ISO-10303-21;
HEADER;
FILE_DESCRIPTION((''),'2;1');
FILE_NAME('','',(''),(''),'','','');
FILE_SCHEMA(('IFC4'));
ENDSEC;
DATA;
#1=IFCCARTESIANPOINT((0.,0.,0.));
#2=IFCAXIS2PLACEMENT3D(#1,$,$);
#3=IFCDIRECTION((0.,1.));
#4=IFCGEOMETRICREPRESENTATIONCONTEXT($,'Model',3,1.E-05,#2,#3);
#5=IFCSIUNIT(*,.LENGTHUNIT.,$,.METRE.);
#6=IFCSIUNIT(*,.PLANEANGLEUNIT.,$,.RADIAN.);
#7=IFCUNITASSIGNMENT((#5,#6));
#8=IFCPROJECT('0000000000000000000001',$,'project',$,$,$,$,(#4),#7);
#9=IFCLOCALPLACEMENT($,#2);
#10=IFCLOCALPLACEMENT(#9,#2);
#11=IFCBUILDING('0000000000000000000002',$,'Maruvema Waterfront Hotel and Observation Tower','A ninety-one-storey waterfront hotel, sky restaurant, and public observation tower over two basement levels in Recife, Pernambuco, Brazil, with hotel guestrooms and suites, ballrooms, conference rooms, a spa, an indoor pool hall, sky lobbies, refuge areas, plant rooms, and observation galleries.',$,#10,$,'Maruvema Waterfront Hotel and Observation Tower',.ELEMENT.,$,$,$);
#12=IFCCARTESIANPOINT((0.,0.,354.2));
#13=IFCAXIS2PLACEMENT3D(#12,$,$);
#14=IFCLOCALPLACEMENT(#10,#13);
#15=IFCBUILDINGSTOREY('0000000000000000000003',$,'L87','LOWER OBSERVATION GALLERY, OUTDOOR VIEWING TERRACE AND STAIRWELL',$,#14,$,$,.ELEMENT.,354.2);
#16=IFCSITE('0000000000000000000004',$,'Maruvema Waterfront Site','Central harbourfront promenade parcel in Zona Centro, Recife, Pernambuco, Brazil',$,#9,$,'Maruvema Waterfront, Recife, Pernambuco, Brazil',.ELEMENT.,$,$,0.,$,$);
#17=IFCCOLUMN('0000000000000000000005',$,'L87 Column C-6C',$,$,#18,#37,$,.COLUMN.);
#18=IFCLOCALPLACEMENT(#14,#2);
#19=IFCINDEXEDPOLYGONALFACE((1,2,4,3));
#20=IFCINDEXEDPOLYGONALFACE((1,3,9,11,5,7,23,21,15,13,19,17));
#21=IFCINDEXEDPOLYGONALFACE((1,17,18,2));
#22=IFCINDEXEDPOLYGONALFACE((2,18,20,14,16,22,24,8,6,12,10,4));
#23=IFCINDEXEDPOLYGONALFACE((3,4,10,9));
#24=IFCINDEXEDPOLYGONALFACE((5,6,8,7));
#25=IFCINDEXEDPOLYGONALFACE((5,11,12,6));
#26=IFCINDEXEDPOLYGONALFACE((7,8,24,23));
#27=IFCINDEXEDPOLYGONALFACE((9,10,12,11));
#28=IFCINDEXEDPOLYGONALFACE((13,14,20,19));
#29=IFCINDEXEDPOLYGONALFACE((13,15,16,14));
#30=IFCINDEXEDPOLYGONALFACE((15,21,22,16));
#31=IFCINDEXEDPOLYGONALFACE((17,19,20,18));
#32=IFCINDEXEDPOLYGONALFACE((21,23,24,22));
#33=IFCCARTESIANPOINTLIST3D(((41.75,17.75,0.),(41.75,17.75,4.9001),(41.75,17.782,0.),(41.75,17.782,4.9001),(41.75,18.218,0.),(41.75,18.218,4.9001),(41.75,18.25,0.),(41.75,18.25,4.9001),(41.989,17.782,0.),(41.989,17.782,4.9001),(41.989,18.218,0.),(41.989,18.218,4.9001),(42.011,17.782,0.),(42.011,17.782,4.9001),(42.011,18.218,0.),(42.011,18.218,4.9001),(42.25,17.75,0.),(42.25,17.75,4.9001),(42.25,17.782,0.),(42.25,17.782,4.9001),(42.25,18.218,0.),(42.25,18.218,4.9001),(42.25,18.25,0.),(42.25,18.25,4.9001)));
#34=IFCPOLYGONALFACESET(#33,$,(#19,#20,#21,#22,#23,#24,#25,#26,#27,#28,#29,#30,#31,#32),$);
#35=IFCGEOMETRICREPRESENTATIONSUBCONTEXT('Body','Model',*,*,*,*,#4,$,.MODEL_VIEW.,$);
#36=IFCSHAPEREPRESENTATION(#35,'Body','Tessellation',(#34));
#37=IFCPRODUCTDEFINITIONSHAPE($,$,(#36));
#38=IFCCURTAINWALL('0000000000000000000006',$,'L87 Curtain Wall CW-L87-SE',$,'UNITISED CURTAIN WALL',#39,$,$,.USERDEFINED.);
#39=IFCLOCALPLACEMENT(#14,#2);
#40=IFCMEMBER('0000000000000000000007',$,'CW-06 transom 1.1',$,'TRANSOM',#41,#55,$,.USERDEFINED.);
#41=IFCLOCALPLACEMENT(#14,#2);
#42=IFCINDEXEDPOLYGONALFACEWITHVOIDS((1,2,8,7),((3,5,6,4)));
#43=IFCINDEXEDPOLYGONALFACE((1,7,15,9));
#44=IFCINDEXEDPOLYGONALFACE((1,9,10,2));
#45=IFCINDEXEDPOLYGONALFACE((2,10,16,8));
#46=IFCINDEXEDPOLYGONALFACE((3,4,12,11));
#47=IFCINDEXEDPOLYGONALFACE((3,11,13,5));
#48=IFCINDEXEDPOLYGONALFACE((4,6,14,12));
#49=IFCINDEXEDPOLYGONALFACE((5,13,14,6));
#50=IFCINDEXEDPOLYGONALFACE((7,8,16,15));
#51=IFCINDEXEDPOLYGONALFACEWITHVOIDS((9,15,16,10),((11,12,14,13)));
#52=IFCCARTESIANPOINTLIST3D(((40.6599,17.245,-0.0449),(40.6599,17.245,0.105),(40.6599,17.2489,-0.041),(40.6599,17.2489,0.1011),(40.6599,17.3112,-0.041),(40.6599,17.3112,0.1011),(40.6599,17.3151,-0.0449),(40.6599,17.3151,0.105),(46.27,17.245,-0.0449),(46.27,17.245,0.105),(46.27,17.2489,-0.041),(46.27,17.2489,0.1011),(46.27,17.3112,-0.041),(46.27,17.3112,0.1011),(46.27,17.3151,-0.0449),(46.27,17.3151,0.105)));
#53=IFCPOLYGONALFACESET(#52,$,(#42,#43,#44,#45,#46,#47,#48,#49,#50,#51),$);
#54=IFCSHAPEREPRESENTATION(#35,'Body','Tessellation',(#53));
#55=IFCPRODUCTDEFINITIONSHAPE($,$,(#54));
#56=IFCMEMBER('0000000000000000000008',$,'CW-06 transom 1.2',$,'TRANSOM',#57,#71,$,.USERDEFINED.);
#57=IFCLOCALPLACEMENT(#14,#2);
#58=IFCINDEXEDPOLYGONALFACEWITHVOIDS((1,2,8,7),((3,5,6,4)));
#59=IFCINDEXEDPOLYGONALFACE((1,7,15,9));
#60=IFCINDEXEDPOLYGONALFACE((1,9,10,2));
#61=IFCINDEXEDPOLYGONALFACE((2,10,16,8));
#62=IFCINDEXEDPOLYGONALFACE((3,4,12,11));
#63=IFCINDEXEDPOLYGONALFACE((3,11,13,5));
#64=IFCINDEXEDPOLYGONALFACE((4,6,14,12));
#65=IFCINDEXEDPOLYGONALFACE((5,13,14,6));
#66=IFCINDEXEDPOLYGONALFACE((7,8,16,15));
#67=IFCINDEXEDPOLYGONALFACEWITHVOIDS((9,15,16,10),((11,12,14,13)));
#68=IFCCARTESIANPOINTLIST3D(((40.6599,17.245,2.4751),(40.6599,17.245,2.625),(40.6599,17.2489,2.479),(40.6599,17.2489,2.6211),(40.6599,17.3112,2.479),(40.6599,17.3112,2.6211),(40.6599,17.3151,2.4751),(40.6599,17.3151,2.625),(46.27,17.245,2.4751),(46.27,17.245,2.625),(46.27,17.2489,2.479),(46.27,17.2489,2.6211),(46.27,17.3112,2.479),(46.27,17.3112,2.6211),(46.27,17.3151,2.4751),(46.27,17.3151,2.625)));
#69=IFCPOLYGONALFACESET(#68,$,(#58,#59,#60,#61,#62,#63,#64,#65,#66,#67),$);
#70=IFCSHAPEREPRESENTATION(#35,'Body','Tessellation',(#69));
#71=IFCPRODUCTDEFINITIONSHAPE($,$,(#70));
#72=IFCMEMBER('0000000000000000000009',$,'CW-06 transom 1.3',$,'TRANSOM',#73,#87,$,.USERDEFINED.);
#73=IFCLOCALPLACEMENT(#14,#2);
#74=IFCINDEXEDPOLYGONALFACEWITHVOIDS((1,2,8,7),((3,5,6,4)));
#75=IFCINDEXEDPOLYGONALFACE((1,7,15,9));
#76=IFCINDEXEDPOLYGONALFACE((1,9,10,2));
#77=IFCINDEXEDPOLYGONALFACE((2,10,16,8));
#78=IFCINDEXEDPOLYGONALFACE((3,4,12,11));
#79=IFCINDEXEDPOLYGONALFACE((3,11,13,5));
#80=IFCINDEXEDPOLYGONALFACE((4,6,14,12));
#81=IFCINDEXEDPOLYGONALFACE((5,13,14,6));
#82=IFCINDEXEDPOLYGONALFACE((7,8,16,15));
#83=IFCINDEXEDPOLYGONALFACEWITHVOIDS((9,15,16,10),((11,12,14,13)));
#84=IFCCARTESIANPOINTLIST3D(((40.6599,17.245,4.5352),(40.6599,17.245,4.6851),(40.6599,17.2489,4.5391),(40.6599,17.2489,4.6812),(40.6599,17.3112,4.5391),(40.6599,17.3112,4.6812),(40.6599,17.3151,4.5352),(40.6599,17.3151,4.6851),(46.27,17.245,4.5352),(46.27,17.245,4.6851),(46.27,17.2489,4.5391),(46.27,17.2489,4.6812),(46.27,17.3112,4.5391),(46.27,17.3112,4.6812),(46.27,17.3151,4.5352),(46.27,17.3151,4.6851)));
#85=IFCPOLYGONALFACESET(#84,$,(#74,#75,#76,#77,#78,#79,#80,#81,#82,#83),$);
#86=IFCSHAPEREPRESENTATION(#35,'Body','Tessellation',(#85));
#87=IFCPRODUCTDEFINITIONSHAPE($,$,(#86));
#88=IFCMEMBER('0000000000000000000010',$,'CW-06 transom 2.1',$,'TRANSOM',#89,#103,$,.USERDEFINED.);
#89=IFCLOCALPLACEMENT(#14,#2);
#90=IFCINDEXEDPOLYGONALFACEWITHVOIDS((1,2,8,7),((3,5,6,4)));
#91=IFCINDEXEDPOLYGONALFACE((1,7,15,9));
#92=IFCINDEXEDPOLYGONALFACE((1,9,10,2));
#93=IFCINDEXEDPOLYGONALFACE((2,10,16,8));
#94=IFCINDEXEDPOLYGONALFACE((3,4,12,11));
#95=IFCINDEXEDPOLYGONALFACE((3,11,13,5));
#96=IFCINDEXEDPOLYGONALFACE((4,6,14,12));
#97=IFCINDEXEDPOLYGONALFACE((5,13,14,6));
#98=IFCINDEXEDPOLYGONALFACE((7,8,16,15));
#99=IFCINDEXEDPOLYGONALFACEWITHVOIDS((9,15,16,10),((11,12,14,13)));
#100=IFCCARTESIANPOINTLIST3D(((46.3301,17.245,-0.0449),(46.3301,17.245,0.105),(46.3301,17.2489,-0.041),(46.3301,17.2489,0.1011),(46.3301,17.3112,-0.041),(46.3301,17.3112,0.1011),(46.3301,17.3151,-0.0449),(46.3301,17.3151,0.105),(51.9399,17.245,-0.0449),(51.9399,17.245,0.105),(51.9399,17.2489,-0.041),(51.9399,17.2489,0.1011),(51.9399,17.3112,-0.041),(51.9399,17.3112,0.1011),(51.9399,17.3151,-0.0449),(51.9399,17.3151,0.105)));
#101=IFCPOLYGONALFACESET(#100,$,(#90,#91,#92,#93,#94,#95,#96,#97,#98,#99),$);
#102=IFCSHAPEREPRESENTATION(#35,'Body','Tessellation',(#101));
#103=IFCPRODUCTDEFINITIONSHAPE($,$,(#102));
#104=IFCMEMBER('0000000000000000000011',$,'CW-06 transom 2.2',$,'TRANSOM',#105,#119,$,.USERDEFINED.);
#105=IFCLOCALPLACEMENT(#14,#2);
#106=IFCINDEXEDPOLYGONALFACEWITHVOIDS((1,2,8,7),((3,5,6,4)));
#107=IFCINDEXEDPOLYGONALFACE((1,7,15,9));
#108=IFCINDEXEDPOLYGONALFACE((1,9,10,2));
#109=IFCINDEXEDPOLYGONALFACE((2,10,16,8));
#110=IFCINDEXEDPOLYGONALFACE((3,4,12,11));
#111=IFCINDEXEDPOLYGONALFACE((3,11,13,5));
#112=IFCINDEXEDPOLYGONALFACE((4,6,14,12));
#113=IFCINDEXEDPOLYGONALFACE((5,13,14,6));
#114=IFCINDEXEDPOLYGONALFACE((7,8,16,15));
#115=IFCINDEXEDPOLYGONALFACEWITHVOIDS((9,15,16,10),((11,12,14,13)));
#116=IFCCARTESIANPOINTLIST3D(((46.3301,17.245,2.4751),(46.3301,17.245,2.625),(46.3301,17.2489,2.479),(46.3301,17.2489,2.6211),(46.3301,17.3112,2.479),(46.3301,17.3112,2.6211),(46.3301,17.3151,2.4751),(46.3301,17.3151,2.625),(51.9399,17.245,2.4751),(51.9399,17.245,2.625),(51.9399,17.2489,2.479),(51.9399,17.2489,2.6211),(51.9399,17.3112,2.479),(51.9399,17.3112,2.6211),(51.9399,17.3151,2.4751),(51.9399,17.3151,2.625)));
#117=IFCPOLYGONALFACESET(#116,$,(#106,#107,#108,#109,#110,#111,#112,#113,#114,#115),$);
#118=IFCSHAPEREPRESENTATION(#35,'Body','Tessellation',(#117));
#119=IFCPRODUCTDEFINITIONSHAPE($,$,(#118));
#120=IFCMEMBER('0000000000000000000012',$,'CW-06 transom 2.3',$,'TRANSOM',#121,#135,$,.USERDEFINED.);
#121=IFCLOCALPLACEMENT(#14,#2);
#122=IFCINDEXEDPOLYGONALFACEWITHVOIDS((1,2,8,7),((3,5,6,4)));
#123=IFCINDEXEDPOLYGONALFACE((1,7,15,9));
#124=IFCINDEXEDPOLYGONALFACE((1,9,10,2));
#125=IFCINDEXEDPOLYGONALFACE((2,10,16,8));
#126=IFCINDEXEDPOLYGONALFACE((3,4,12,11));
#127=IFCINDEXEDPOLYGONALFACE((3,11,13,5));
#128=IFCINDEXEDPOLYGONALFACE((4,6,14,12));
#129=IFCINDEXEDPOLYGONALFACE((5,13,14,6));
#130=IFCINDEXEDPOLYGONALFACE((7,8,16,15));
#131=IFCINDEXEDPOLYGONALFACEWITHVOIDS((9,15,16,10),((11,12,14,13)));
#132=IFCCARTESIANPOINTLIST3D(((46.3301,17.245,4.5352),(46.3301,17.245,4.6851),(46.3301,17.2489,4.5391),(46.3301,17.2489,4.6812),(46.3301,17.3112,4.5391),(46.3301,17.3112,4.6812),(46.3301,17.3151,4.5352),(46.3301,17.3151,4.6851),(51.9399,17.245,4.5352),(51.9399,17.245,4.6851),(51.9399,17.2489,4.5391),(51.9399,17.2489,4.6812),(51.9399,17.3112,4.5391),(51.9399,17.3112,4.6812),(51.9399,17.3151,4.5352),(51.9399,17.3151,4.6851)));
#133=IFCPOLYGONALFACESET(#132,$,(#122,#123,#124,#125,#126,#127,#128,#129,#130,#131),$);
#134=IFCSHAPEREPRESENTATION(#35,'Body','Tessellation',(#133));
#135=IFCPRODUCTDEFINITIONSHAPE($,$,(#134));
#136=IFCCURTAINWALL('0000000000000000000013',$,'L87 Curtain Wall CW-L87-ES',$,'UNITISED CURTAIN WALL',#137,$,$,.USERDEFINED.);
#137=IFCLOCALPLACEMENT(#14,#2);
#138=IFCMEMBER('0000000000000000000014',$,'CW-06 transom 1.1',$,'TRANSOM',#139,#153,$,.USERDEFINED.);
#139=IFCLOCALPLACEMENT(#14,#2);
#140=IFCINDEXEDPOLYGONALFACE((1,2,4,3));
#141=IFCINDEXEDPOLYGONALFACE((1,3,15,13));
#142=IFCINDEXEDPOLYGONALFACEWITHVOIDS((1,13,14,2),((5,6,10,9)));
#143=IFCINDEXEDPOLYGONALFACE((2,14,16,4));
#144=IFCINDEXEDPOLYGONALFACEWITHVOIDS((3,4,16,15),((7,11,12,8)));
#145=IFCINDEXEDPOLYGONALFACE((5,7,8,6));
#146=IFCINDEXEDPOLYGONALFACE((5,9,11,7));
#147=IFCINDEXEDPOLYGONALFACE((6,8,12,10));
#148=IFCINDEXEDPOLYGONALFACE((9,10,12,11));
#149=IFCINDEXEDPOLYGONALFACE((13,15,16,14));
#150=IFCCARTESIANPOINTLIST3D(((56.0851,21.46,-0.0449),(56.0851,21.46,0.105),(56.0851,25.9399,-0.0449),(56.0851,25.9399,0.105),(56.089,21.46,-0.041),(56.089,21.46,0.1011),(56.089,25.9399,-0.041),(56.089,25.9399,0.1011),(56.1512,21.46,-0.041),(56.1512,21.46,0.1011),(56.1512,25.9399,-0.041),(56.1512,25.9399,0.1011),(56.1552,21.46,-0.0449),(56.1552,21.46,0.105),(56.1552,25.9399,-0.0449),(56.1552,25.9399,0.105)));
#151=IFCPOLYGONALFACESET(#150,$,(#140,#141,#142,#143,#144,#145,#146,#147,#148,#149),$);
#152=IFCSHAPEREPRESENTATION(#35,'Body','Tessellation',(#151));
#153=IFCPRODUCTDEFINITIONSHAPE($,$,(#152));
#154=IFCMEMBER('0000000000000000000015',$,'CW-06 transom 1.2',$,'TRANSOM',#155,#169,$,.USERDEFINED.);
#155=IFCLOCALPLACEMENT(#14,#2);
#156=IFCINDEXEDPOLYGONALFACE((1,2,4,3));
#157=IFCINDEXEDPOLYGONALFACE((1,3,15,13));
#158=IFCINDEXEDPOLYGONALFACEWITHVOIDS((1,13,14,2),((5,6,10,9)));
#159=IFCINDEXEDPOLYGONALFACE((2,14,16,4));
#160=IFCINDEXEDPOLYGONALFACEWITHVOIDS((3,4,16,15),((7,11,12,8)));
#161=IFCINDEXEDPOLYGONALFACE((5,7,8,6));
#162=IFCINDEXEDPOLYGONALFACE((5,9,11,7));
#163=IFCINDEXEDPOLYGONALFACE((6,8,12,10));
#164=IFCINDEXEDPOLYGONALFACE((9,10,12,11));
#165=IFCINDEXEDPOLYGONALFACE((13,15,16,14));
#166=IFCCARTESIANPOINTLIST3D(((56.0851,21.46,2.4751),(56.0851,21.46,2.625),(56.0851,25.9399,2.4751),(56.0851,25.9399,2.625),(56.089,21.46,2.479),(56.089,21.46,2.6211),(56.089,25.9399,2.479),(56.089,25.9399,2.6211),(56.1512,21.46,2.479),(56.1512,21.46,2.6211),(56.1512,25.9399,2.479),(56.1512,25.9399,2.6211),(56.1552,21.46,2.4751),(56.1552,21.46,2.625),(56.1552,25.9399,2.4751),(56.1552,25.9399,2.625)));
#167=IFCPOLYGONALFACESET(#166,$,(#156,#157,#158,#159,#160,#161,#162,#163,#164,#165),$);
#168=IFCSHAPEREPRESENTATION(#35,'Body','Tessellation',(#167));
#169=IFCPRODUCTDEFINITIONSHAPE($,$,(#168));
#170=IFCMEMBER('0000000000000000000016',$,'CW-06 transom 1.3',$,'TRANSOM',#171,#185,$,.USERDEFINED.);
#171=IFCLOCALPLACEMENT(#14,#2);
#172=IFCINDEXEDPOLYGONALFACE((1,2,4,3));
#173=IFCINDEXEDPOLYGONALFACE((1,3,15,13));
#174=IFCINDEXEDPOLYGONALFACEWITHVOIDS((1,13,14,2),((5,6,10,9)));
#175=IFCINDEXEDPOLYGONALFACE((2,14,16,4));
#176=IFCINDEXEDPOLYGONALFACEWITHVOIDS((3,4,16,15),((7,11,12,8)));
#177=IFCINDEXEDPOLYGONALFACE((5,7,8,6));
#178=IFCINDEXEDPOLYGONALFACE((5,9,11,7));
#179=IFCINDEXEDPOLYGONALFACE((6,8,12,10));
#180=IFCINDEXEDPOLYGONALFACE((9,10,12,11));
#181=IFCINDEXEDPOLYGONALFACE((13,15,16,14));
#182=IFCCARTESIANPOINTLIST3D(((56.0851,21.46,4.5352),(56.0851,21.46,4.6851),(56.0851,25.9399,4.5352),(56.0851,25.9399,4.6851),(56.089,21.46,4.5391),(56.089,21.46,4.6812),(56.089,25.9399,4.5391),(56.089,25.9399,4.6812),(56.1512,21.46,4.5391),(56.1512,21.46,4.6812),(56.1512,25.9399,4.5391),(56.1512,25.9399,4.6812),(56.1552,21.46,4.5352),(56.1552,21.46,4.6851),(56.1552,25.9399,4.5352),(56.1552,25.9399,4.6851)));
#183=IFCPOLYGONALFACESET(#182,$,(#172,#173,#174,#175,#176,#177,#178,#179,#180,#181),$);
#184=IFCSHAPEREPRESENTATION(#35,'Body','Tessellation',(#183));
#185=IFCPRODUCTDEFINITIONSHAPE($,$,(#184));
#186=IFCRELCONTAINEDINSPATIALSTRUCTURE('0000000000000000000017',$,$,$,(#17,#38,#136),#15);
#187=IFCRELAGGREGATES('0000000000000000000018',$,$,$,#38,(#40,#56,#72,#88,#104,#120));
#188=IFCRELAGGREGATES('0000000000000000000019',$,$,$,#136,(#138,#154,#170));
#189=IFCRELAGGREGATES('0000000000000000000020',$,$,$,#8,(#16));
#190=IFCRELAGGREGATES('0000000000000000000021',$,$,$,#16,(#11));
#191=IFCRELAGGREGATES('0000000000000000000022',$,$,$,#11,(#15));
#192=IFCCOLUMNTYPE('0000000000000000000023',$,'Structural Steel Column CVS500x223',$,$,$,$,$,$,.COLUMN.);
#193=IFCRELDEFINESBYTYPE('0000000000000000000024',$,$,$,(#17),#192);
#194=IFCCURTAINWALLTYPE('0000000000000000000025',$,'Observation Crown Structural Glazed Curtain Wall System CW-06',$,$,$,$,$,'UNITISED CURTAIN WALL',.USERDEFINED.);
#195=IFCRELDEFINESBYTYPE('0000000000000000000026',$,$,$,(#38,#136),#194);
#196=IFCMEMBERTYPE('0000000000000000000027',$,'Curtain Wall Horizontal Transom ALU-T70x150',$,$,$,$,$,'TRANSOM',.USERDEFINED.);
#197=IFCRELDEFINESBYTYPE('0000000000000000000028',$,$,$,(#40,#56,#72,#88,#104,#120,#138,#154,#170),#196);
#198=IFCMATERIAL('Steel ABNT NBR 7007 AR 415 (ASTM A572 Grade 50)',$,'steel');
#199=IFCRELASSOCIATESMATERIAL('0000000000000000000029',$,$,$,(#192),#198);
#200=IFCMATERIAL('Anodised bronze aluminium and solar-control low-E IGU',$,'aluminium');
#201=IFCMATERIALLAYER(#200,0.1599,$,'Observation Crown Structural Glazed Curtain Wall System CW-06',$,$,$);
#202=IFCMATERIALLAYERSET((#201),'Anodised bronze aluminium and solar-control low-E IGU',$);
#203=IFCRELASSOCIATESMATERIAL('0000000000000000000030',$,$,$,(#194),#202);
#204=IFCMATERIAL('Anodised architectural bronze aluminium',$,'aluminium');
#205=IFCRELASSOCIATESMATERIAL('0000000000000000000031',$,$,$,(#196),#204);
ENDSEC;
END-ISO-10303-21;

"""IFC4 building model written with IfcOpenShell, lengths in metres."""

from ifc_helpers import new_model, si_unit, direction, frame, origin, origin_2d, place, context, subcontext, project, spatial, hollow_rectangle, i_section, extrude, material, layer, layer_set, material_profile, profile_set, type_object, element, aggregate, save


model = new_model("IFC4")

# Units and contexts
model_context = context("Model", 3, precision=1e-05, world=origin(), true_north=direction((0.0, 1.0)))
body_context = subcontext(model_context, "Body", "Model", "MODEL_VIEW")
ifc_project = project(units=[si_unit("LENGTHUNIT", "METRE"), si_unit("PLANEANGLEUNIT", "RADIAN")], contexts=[model_context])

# Site, building, storey
site_placement = place(None, origin())
site = spatial("IfcSite", under=ifc_project, at=site_placement, Name="Maruvema Waterfront Site", Description="Central harbourfront promenade parcel in Zona Centro, Recife, Pernambuco, Brazil", LongName="Maruvema Waterfront, Recife, Pernambuco, Brazil", CompositionType="ELEMENT", RefElevation=0.0)
building_placement = place(site_placement, origin())
building = spatial("IfcBuilding", under=site, at=building_placement, Name="Maruvema Waterfront Hotel and Observation Tower", Description="A ninety-one-storey waterfront hotel, sky restaurant, and public observation tower over two basement levels in Recife, Pernambuco, Brazil, with hotel guestrooms and suites, ballrooms, conference rooms, a spa, an indoor pool hall, sky lobbies, refuge areas, plant rooms, and observation galleries.", LongName="Maruvema Waterfront Hotel and Observation Tower", CompositionType="ELEMENT")
storey_placement = place(building_placement, frame((0.0, 0.0, 354.2)))
storey = spatial("IfcBuildingStorey", under=building, at=storey_placement, Name="L87", Description="LOWER OBSERVATION GALLERY, OUTDOOR VIEWING TERRACE AND STAIRWELL", CompositionType="ELEMENT", Elevation=354.2)

# Column
ifc_material_1 = material(Name="Steel ABNT NBR 7007 AR 415 (ASTM A572 Grade 50)", Category="steel")
ifc_material_profile_1 = material_profile(ifc_material_1, i_section(OverallWidth=0.5, OverallDepth=0.5, WebThickness=0.022, FlangeThickness=0.032, at=origin_2d()), Name="CVS500x223")
ifc_profile_set_1 = profile_set([ifc_material_profile_1], Name="Steel ABNT NBR 7007 AR 415 (ASTM A572 Grade 50)")
column_type = type_object("IfcColumnType", Name="Structural Steel Column CVS500x223", PredefinedType="COLUMN", material=ifc_profile_set_1)
column_placement = place(storey_placement, frame((42.0, 18.0, 0.0), z_axis=(0.0, 0.0, 1.0), x_axis=(1.0, 0.0, 0.0)))
element("IfcColumn", 1, at=column_placement, inside=storey, type_object=column_type, Name="L87 Column C-6C", PredefinedType="COLUMN", context=body_context, shape_type="SweptSolid", body=[
    extrude(i_section(OverallWidth=0.5, OverallDepth=0.5, WebThickness=0.022, FlangeThickness=0.032, at=origin_2d()), origin(), (0.0, 0.0, 1.0), 4.9001),
])

# Curtain walls, members
ifc_material_2 = material(Name="Anodised bronze aluminium and solar-control low-E IGU", Category="aluminium")
ifc_layer_1 = layer(ifc_material_2, 0.1599, Name="Observation Crown Structural Glazed Curtain Wall System CW-06")
ifc_layer_set_1 = layer_set([ifc_layer_1], Name="Anodised bronze aluminium and solar-control low-E IGU")
curtain_wall_type = type_object("IfcCurtainWallType", Name="Observation Crown Structural Glazed Curtain Wall System CW-06", ElementType="UNITISED CURTAIN WALL", PredefinedType="USERDEFINED", material=ifc_layer_set_1)
curtain_wall_1_placement = place(storey_placement, origin())
curtain_wall_1 = element("IfcCurtainWall", 2, at=curtain_wall_1_placement, inside=storey, type_object=curtain_wall_type, Name="L87 Curtain Wall CW-L87-SE", ObjectType="UNITISED CURTAIN WALL", PredefinedType="USERDEFINED")
ifc_material_3 = material(Name="Anodised architectural bronze aluminium", Category="aluminium")
ifc_material_profile_2 = material_profile(ifc_material_3, hollow_rectangle(XDim=0.0701, YDim=0.1499, WallThickness=0.0039, at=origin_2d()), Name="ALU-T70x150")
ifc_profile_set_2 = profile_set([ifc_material_profile_2], Name="Anodised architectural bronze aluminium")
member_type_1 = type_object("IfcMemberType", Name="Curtain Wall Horizontal Transom ALU-T70x150", ElementType="TRANSOM", PredefinedType="USERDEFINED", material=ifc_profile_set_2)
member_1_placement = place(storey_placement, frame((40.6599, 17.28, 0.03), z_axis=(1.0, 0.0, 0.0), x_axis=(0.0, 1.0, 0.0)))
member_1 = element("IfcMember", 3, at=member_1_placement, type_object=member_type_1, Name="CW-06 transom 1.1", ObjectType="TRANSOM", PredefinedType="USERDEFINED", context=body_context, shape_type="SweptSolid", body=[
    extrude(hollow_rectangle(XDim=0.0701, YDim=0.1499, WallThickness=0.0039, at=origin_2d()), origin(), (0.0, 0.0, 1.0), 5.6101),
])
member_2_placement = place(storey_placement, frame((40.6599, 17.28, 2.55), z_axis=(1.0, 0.0, 0.0), x_axis=(0.0, 1.0, 0.0)))
member_2 = element("IfcMember", 4, at=member_2_placement, type_object=member_type_1, Name="CW-06 transom 1.2", ObjectType="TRANSOM", PredefinedType="USERDEFINED", context=body_context, shape_type="SweptSolid", body=[
    extrude(hollow_rectangle(XDim=0.0701, YDim=0.1499, WallThickness=0.0039, at=origin_2d()), origin(), (0.0, 0.0, 1.0), 5.6101),
])
member_3_placement = place(storey_placement, frame((40.6599, 17.28, 4.6101), z_axis=(1.0, 0.0, 0.0), x_axis=(0.0, 1.0, 0.0)))
member_3 = element("IfcMember", 5, at=member_3_placement, type_object=member_type_1, Name="CW-06 transom 1.3", ObjectType="TRANSOM", PredefinedType="USERDEFINED", context=body_context, shape_type="SweptSolid", body=[
    extrude(hollow_rectangle(XDim=0.0701, YDim=0.1499, WallThickness=0.0039, at=origin_2d()), origin(), (0.0, 0.0, 1.0), 5.6101),
])
member_4_placement = place(storey_placement, frame((46.3301, 17.28, 0.03), z_axis=(1.0, 0.0, 0.0), x_axis=(0.0, 1.0, 0.0)))
member_4 = element("IfcMember", 6, at=member_4_placement, type_object=member_type_1, Name="CW-06 transom 2.1", ObjectType="TRANSOM", PredefinedType="USERDEFINED", context=body_context, shape_type="SweptSolid", body=[
    extrude(hollow_rectangle(XDim=0.0701, YDim=0.1499, WallThickness=0.0039, at=origin_2d()), origin(), (0.0, 0.0, 1.0), 5.6099),
])
member_5_placement = place(storey_placement, frame((46.3301, 17.28, 2.55), z_axis=(1.0, 0.0, 0.0), x_axis=(0.0, 1.0, 0.0)))
member_5 = element("IfcMember", 7, at=member_5_placement, type_object=member_type_1, Name="CW-06 transom 2.2", ObjectType="TRANSOM", PredefinedType="USERDEFINED", context=body_context, shape_type="SweptSolid", body=[
    extrude(hollow_rectangle(XDim=0.0701, YDim=0.1499, WallThickness=0.0039, at=origin_2d()), origin(), (0.0, 0.0, 1.0), 5.6099),
])
member_6_placement = place(storey_placement, frame((46.3301, 17.28, 4.6101), z_axis=(1.0, 0.0, 0.0), x_axis=(0.0, 1.0, 0.0)))
member_6 = element("IfcMember", 8, at=member_6_placement, type_object=member_type_1, Name="CW-06 transom 2.3", ObjectType="TRANSOM", PredefinedType="USERDEFINED", context=body_context, shape_type="SweptSolid", body=[
    extrude(hollow_rectangle(XDim=0.0701, YDim=0.1499, WallThickness=0.0039, at=origin_2d()), origin(), (0.0, 0.0, 1.0), 5.6099),
])
curtain_wall_2_placement = place(storey_placement, origin())
curtain_wall_2 = element("IfcCurtainWall", 9, at=curtain_wall_2_placement, inside=storey, type_object=curtain_wall_type, Name="L87 Curtain Wall CW-L87-ES", ObjectType="UNITISED CURTAIN WALL", PredefinedType="USERDEFINED")
member_7_placement = place(storey_placement, frame((56.1201, 21.46, 0.03), z_axis=(0.0, 1.0, 0.0), x_axis=(-1.0, 0.0, 0.0)))
member_7 = element("IfcMember", 10, at=member_7_placement, type_object=member_type_1, Name="CW-06 transom 1.1", ObjectType="TRANSOM", PredefinedType="USERDEFINED", context=body_context, shape_type="SweptSolid", body=[
    extrude(hollow_rectangle(XDim=0.0701, YDim=0.1499, WallThickness=0.0039, at=origin_2d()), origin(), (0.0, 0.0, 1.0), 4.48),
])
member_8_placement = place(storey_placement, frame((56.1201, 21.46, 2.55), z_axis=(0.0, 1.0, 0.0), x_axis=(-1.0, 0.0, 0.0)))
member_8 = element("IfcMember", 11, at=member_8_placement, type_object=member_type_1, Name="CW-06 transom 1.2", ObjectType="TRANSOM", PredefinedType="USERDEFINED", context=body_context, shape_type="SweptSolid", body=[
    extrude(hollow_rectangle(XDim=0.0701, YDim=0.1499, WallThickness=0.0039, at=origin_2d()), origin(), (0.0, 0.0, 1.0), 4.48),
])
member_9_placement = place(storey_placement, frame((56.1201, 21.46, 4.6101), z_axis=(0.0, 1.0, 0.0), x_axis=(-1.0, 0.0, 0.0)))
member_9 = element("IfcMember", 12, at=member_9_placement, type_object=member_type_1, Name="CW-06 transom 1.3", ObjectType="TRANSOM", PredefinedType="USERDEFINED", context=body_context, shape_type="SweptSolid", body=[
    extrude(hollow_rectangle(XDim=0.0701, YDim=0.1499, WallThickness=0.0039, at=origin_2d()), origin(), (0.0, 0.0, 1.0), 4.48),
])

aggregate(curtain_wall_1, [member_1, member_2, member_3, member_4, member_5, member_6])
aggregate(curtain_wall_2, [member_7, member_8, member_9])

save(model, "model.ifc")
